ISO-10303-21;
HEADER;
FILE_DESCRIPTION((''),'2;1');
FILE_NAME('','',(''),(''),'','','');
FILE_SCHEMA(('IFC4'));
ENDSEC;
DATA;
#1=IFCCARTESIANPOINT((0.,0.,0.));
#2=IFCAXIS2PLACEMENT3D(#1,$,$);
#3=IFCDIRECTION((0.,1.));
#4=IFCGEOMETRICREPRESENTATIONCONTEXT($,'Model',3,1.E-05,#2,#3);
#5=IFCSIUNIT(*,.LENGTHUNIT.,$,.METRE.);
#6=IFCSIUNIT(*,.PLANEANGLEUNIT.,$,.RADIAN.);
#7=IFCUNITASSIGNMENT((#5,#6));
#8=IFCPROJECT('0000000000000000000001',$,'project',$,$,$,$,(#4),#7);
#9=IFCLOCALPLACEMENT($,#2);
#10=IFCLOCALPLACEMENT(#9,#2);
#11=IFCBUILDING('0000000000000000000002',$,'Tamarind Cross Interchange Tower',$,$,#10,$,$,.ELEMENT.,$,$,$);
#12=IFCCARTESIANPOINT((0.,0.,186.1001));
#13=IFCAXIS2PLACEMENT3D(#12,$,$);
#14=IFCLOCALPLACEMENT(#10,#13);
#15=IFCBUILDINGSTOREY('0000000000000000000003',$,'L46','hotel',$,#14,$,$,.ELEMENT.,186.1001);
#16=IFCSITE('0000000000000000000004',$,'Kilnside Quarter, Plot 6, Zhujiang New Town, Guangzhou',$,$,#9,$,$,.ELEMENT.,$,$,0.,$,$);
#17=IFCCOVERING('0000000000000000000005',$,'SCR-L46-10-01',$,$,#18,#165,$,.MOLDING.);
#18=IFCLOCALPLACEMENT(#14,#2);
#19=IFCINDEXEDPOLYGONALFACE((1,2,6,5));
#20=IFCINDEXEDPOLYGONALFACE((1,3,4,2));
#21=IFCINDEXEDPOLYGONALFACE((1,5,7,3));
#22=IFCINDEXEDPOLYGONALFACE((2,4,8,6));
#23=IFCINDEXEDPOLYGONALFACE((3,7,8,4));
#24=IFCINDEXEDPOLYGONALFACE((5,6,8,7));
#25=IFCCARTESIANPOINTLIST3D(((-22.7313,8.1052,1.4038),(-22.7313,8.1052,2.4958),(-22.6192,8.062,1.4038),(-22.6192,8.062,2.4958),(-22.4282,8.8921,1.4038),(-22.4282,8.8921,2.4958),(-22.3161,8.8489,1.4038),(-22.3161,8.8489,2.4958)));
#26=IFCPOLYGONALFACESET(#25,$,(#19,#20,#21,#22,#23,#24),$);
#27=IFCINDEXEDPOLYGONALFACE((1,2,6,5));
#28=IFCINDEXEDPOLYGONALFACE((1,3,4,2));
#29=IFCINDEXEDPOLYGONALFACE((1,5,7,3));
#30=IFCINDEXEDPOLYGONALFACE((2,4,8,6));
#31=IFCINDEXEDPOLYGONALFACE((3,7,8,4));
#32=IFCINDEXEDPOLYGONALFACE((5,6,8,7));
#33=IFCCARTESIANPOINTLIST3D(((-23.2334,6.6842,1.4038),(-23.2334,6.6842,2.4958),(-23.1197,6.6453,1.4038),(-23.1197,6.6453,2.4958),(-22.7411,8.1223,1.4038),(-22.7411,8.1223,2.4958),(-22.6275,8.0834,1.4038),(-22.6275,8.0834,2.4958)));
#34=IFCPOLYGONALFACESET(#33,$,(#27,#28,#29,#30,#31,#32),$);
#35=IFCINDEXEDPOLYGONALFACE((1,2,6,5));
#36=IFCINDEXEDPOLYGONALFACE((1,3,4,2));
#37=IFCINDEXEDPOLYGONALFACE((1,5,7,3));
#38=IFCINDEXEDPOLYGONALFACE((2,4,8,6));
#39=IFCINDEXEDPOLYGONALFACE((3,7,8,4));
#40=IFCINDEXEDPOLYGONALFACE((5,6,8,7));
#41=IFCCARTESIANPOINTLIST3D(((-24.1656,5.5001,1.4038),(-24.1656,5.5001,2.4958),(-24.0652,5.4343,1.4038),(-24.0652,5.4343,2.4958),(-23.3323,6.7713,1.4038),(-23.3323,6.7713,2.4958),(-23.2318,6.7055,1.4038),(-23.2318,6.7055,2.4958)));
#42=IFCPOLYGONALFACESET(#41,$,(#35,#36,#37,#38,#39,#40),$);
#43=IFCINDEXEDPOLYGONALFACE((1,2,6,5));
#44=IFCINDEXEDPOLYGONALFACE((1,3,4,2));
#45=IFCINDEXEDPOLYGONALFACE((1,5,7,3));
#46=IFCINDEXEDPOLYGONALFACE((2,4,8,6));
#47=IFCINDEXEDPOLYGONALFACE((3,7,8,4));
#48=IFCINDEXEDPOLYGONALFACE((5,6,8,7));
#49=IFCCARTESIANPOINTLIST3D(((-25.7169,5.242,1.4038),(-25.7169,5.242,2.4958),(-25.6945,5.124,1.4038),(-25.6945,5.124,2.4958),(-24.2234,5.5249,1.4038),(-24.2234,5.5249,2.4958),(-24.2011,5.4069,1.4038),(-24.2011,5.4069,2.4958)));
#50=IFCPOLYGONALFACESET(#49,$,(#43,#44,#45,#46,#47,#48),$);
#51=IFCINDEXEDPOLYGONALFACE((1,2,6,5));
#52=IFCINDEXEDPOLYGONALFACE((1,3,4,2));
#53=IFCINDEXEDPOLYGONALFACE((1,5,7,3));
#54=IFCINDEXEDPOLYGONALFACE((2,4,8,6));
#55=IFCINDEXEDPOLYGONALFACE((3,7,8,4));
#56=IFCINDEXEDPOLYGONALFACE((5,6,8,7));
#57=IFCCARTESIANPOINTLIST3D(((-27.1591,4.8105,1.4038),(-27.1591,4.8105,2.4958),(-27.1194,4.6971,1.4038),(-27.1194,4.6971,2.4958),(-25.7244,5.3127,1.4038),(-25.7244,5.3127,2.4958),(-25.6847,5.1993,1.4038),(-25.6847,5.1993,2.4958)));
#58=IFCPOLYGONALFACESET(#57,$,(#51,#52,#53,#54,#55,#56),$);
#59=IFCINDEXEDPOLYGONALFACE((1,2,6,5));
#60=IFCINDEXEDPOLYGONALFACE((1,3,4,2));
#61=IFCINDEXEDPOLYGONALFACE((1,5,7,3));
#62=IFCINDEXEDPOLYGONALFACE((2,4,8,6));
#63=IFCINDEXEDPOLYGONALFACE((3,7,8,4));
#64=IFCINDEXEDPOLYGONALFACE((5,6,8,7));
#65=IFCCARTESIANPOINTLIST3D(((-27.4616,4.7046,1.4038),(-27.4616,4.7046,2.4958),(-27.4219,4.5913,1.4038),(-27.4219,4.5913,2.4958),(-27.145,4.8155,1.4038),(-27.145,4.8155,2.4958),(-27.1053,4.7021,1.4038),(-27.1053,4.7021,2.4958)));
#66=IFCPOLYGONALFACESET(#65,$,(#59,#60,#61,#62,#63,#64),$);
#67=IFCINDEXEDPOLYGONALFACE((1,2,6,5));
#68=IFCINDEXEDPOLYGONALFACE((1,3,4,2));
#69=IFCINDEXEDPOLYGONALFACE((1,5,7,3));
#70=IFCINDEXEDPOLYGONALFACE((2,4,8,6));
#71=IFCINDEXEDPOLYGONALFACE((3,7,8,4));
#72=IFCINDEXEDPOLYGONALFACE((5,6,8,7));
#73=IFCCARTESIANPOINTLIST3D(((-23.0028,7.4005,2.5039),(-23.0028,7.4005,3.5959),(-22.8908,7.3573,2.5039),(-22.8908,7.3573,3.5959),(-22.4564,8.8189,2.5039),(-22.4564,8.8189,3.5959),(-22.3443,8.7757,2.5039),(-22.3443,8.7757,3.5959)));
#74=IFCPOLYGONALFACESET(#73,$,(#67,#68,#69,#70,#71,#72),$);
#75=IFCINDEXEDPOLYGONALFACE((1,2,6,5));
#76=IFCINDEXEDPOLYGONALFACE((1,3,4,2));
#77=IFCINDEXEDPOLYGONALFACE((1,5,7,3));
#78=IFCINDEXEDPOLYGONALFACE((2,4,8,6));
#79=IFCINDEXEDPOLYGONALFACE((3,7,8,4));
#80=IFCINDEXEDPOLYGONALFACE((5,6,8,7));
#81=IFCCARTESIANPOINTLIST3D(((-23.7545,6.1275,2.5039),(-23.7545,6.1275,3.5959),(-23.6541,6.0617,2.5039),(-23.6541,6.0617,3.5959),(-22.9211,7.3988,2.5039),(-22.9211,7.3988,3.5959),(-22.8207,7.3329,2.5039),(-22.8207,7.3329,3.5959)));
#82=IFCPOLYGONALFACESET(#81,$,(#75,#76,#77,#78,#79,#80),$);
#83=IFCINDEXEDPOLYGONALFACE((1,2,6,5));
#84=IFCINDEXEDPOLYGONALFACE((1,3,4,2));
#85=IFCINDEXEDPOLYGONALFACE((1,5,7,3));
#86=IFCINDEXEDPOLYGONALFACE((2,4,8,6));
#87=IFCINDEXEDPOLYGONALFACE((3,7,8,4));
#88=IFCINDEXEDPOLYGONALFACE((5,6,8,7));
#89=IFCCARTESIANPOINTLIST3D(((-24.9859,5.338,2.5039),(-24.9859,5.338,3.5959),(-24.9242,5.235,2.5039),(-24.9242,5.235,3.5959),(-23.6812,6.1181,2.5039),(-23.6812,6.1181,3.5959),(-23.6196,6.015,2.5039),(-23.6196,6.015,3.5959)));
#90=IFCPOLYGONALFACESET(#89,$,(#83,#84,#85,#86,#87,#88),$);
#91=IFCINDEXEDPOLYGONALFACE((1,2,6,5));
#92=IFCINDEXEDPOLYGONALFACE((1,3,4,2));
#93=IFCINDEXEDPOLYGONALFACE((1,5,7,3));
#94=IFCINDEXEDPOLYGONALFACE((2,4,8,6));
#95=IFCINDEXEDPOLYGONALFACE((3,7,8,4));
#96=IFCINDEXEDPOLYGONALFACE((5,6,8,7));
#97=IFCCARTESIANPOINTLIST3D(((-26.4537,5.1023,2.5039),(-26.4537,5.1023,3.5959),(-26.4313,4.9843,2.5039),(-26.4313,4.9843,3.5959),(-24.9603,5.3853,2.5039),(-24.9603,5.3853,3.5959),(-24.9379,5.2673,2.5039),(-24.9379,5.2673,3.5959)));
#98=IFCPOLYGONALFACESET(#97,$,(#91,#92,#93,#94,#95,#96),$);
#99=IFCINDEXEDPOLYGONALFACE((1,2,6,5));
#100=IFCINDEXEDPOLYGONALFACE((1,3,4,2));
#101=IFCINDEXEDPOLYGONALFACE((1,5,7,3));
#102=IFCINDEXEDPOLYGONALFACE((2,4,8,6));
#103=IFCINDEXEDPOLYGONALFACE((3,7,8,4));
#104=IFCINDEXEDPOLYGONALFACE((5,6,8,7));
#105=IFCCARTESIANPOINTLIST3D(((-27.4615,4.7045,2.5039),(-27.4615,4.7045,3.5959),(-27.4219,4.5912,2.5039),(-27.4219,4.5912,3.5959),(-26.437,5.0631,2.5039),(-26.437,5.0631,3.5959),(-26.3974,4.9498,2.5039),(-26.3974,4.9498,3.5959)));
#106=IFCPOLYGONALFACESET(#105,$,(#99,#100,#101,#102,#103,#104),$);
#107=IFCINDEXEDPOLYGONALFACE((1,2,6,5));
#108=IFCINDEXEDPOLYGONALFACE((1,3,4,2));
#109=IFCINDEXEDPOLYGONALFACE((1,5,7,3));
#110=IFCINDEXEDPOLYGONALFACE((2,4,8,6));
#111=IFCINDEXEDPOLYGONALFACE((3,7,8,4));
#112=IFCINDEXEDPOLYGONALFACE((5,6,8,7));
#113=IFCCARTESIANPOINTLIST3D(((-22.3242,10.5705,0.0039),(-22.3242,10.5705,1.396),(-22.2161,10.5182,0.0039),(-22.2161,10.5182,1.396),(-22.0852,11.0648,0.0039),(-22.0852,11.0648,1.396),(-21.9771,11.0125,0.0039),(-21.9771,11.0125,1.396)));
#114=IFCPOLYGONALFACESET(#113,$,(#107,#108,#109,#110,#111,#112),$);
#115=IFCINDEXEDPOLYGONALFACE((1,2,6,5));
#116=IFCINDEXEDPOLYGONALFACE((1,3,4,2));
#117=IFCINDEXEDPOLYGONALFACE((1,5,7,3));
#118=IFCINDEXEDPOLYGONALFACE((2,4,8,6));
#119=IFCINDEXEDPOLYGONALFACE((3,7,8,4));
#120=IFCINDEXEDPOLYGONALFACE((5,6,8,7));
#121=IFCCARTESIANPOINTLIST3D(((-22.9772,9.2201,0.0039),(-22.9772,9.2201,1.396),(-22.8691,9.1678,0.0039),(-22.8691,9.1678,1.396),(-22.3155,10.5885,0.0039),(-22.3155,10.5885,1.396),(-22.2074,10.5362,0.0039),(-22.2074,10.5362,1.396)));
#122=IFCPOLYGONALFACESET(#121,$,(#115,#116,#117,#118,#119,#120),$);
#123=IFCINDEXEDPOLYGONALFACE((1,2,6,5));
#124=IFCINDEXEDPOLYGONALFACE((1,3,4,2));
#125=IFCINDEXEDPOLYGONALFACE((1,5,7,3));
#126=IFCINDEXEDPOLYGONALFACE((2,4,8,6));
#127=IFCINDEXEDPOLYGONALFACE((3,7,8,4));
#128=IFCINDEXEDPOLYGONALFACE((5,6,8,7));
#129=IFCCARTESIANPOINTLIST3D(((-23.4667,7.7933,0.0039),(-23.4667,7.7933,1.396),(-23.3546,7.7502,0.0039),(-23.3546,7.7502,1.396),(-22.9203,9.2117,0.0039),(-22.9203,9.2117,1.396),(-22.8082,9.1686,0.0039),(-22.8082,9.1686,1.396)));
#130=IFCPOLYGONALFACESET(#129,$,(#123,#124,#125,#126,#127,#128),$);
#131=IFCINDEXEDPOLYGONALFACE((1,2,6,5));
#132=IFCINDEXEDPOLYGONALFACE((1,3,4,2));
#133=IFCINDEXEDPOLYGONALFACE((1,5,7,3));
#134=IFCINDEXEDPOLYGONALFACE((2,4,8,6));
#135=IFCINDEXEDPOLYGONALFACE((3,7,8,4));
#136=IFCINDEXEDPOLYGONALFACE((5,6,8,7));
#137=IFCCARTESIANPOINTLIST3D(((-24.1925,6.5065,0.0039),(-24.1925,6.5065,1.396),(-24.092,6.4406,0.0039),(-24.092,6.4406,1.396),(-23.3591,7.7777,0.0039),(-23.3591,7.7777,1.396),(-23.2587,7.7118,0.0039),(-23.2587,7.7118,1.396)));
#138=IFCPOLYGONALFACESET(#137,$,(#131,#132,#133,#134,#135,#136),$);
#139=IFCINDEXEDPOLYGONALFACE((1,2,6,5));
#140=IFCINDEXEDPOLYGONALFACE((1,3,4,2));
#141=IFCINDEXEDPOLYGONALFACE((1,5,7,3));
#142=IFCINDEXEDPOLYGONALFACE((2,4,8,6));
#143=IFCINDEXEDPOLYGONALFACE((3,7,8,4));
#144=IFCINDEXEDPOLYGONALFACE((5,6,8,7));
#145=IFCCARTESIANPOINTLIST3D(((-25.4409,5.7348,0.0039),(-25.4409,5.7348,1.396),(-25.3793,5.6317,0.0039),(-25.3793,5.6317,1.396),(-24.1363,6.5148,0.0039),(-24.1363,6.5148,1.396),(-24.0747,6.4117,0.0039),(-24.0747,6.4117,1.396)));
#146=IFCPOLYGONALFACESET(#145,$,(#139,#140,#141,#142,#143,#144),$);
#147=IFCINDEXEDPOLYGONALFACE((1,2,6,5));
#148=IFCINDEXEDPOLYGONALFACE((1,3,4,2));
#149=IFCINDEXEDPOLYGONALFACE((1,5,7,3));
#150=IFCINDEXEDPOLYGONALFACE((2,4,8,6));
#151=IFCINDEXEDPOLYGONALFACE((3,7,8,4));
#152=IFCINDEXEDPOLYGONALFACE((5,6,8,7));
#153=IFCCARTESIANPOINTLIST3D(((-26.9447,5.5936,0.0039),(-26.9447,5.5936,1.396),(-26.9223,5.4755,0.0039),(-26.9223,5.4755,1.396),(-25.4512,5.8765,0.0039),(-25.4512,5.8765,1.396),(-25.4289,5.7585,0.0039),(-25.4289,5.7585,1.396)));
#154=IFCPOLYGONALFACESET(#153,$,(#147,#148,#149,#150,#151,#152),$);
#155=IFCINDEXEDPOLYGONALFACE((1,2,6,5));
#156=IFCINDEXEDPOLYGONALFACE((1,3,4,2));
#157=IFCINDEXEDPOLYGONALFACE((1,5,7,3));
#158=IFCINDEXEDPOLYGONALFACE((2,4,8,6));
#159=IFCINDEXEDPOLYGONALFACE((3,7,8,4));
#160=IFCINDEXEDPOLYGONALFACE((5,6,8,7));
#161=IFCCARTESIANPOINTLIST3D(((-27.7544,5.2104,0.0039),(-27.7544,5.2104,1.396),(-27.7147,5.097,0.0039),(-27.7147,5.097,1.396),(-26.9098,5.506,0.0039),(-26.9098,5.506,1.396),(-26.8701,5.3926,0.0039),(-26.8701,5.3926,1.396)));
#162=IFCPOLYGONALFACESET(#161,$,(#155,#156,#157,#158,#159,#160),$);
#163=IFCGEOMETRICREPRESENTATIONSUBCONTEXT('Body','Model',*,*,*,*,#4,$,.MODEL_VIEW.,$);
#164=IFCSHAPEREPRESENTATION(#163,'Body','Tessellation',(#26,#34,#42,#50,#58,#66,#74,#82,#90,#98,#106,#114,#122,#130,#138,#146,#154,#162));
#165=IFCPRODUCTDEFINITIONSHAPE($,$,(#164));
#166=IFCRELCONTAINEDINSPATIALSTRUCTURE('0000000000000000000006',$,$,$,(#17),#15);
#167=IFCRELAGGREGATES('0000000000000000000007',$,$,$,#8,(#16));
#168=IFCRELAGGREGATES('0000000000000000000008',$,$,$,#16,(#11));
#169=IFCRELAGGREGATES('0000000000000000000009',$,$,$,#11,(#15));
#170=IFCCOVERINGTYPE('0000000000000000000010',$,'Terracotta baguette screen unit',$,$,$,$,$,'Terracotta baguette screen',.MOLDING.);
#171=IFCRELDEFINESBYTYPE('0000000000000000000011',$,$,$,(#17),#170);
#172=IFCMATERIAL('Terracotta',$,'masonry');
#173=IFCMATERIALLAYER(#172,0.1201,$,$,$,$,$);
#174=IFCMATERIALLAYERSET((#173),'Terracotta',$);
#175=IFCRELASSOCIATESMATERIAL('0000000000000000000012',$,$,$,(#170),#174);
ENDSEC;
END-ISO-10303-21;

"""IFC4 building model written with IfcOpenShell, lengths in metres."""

from ifc_helpers import new_model, si_unit, direction, frame, origin, origin_2d, place, context, subcontext, project, spatial, rectangle, extrude, material, layer, layer_set, type_object, element, save


model = new_model("IFC4")

# Units and contexts
model_context = context("Model", 3, precision=1e-05, world=origin(), true_north=direction((0.0, 1.0)))
body_context = subcontext(model_context, "Body", "Model", "MODEL_VIEW")
ifc_project = project(units=[si_unit("LENGTHUNIT", "METRE"), si_unit("PLANEANGLEUNIT", "RADIAN")], contexts=[model_context])

# Site, building, storey
site_placement = place(None, origin())
site = spatial("IfcSite", under=ifc_project, at=site_placement, Name="Kilnside Quarter, Plot 6, Zhujiang New Town, Guangzhou", CompositionType="ELEMENT", RefElevation=0.0)
building_placement = place(site_placement, origin())
building = spatial("IfcBuilding", under=site, at=building_placement, Name="Tamarind Cross Interchange Tower", CompositionType="ELEMENT")
storey_placement = place(building_placement, frame((0.0, 0.0, 186.1001)))
storey = spatial("IfcBuildingStorey", under=building, at=storey_placement, Name="L46", Description="hotel", CompositionType="ELEMENT", Elevation=186.1001)

# Covering
ifc_material_1 = material(Name="Terracotta", Category="masonry")
ifc_layer_1 = layer(ifc_material_1, 0.1201)
ifc_layer_set_1 = layer_set([ifc_layer_1], Name="Terracotta")
covering_type = type_object("IfcCoveringType", Name="Terracotta baguette screen unit", ElementType="Terracotta baguette screen", PredefinedType="MOLDING", material=ifc_layer_set_1)
covering_1_placement = place(storey_placement, origin())
element("IfcCovering", 1, at=covering_1_placement, inside=storey, type_object=covering_type, Name="SCR-L46-10-01", PredefinedType="MOLDING", context=body_context, shape_type="SweptSolid", body=[
    extrude(rectangle(XDim=0.8433, YDim=0.1201, at=origin_2d()), frame((-22.5237, 8.4771, 1.4038), z_axis=(0.0, 0.0, 1.0), x_axis=(-0.359495, -0.933147, 0.0)), (0.0, 0.0, 1.0), 1.092),
    extrude(rectangle(XDim=1.52, YDim=0.1201, at=origin_2d()), frame((-22.9304, 7.3838, 1.4038), z_axis=(0.0, 0.0, 1.0), x_axis=(-0.323855, -0.946107, 0.0)), (0.0, 0.0, 1.0), 1.092),
    extrude(rectangle(XDim=1.52, YDim=0.1201, at=origin_2d()), frame((-23.6987, 6.1028, 1.4038), z_axis=(0.0, 0.0, 1.0), x_axis=(-0.548258, -0.836309, 0.0)), (0.0, 0.0, 1.0), 1.092),
    extrude(rectangle(XDim=1.52, YDim=0.1201, at=origin_2d()), frame((-24.959, 5.3245, 1.4038), z_axis=(0.0, 0.0, 1.0), x_axis=(-0.982522, -0.186148, 0.0)), (0.0, 0.0, 1.0), 1.092),
    extrude(rectangle(XDim=1.52, YDim=0.1201, at=origin_2d()), frame((-26.4219, 5.0049, 1.4038), z_axis=(0.0, 0.0, 1.0), x_axis=(-0.943847, -0.330383, 0.0)), (0.0, 0.0, 1.0), 1.092),
    extrude(rectangle(XDim=0.3354, YDim=0.1201, at=origin_2d()), frame((-27.2834, 4.7034, 1.4038), z_axis=(0.0, 0.0, 1.0), x_axis=(-0.943847, -0.330383, 0.0)), (0.0, 0.0, 1.0), 1.092),
    extrude(rectangle(XDim=1.52, YDim=0.1201, at=origin_2d()), frame((-22.6736, 8.0881, 2.5039), z_axis=(0.0, 0.0, 1.0), x_axis=(-0.359495, -0.933147, 0.0)), (0.0, 0.0, 1.0), 1.092),
    extrude(rectangle(XDim=1.52, YDim=0.1201, at=origin_2d()), frame((-23.2876, 6.7302, 2.5039), z_axis=(0.0, 0.0, 1.0), x_axis=(-0.548258, -0.836309, 0.0)), (0.0, 0.0, 1.0), 1.092),
    extrude(rectangle(XDim=1.52, YDim=0.1201, at=origin_2d()), frame((-24.3027, 5.6765, 2.5039), z_axis=(0.0, 0.0, 1.0), x_axis=(-0.858287, -0.51317, 0.0)), (0.0, 0.0, 1.0), 1.092),
    extrude(rectangle(XDim=1.52, YDim=0.1201, at=origin_2d()), frame((-25.6958, 5.1848, 2.5039), z_axis=(0.0, 0.0, 1.0), x_axis=(-0.982522, -0.186148, 0.0)), (0.0, 0.0, 1.0), 1.092),
    extrude(rectangle(XDim=1.0854, YDim=0.1201, at=origin_2d()), frame((-26.9294, 4.8271, 2.5039), z_axis=(0.0, 0.0, 1.0), x_axis=(-0.943847, -0.330383, 0.0)), (0.0, 0.0, 1.0), 1.092),
    extrude(rectangle(XDim=0.5491, YDim=0.1201, at=origin_2d()), frame((-22.1506, 10.7915, 0.0039), z_axis=(0.0, 0.0, 1.0), x_axis=(-0.435326, -0.900273, 0.0)), (0.0, 0.0, 1.0), 1.3921),
    extrude(rectangle(XDim=1.52, YDim=0.1201, at=origin_2d()), frame((-22.5923, 9.8782, 0.0039), z_axis=(0.0, 0.0, 1.0), x_axis=(-0.435326, -0.900273, 0.0)), (0.0, 0.0, 1.0), 1.3921),
    extrude(rectangle(XDim=1.52, YDim=0.1201, at=origin_2d()), frame((-23.1375, 8.481, 0.0039), z_axis=(0.0, 0.0, 1.0), x_axis=(-0.359495, -0.933147, 0.0)), (0.0, 0.0, 1.0), 1.3921),
    extrude(rectangle(XDim=1.52, YDim=0.1201, at=origin_2d()), frame((-23.7256, 7.1091, 0.0039), z_axis=(0.0, 0.0, 1.0), x_axis=(-0.548258, -0.836309, 0.0)), (0.0, 0.0, 1.0), 1.3921),
    extrude(rectangle(XDim=1.52, YDim=0.1201, at=origin_2d()), frame((-24.7578, 6.0732, 0.0039), z_axis=(0.0, 0.0, 1.0), x_axis=(-0.858287, -0.51317, 0.0)), (0.0, 0.0, 1.0), 1.3921),
    extrude(rectangle(XDim=1.52, YDim=0.1201, at=origin_2d()), frame((-26.1868, 5.676, 0.0039), z_axis=(0.0, 0.0, 1.0), x_axis=(-0.982522, -0.186148, 0.0)), (0.0, 0.0, 1.0), 1.3921),
    extrude(rectangle(XDim=0.8948, YDim=0.1201, at=origin_2d()), frame((-27.3123, 5.3015, 0.0039), z_axis=(0.0, 0.0, 1.0), x_axis=(-0.943847, -0.330383, 0.0)), (0.0, 0.0, 1.0), 1.3921),
])

save(model, "model.ifc")
